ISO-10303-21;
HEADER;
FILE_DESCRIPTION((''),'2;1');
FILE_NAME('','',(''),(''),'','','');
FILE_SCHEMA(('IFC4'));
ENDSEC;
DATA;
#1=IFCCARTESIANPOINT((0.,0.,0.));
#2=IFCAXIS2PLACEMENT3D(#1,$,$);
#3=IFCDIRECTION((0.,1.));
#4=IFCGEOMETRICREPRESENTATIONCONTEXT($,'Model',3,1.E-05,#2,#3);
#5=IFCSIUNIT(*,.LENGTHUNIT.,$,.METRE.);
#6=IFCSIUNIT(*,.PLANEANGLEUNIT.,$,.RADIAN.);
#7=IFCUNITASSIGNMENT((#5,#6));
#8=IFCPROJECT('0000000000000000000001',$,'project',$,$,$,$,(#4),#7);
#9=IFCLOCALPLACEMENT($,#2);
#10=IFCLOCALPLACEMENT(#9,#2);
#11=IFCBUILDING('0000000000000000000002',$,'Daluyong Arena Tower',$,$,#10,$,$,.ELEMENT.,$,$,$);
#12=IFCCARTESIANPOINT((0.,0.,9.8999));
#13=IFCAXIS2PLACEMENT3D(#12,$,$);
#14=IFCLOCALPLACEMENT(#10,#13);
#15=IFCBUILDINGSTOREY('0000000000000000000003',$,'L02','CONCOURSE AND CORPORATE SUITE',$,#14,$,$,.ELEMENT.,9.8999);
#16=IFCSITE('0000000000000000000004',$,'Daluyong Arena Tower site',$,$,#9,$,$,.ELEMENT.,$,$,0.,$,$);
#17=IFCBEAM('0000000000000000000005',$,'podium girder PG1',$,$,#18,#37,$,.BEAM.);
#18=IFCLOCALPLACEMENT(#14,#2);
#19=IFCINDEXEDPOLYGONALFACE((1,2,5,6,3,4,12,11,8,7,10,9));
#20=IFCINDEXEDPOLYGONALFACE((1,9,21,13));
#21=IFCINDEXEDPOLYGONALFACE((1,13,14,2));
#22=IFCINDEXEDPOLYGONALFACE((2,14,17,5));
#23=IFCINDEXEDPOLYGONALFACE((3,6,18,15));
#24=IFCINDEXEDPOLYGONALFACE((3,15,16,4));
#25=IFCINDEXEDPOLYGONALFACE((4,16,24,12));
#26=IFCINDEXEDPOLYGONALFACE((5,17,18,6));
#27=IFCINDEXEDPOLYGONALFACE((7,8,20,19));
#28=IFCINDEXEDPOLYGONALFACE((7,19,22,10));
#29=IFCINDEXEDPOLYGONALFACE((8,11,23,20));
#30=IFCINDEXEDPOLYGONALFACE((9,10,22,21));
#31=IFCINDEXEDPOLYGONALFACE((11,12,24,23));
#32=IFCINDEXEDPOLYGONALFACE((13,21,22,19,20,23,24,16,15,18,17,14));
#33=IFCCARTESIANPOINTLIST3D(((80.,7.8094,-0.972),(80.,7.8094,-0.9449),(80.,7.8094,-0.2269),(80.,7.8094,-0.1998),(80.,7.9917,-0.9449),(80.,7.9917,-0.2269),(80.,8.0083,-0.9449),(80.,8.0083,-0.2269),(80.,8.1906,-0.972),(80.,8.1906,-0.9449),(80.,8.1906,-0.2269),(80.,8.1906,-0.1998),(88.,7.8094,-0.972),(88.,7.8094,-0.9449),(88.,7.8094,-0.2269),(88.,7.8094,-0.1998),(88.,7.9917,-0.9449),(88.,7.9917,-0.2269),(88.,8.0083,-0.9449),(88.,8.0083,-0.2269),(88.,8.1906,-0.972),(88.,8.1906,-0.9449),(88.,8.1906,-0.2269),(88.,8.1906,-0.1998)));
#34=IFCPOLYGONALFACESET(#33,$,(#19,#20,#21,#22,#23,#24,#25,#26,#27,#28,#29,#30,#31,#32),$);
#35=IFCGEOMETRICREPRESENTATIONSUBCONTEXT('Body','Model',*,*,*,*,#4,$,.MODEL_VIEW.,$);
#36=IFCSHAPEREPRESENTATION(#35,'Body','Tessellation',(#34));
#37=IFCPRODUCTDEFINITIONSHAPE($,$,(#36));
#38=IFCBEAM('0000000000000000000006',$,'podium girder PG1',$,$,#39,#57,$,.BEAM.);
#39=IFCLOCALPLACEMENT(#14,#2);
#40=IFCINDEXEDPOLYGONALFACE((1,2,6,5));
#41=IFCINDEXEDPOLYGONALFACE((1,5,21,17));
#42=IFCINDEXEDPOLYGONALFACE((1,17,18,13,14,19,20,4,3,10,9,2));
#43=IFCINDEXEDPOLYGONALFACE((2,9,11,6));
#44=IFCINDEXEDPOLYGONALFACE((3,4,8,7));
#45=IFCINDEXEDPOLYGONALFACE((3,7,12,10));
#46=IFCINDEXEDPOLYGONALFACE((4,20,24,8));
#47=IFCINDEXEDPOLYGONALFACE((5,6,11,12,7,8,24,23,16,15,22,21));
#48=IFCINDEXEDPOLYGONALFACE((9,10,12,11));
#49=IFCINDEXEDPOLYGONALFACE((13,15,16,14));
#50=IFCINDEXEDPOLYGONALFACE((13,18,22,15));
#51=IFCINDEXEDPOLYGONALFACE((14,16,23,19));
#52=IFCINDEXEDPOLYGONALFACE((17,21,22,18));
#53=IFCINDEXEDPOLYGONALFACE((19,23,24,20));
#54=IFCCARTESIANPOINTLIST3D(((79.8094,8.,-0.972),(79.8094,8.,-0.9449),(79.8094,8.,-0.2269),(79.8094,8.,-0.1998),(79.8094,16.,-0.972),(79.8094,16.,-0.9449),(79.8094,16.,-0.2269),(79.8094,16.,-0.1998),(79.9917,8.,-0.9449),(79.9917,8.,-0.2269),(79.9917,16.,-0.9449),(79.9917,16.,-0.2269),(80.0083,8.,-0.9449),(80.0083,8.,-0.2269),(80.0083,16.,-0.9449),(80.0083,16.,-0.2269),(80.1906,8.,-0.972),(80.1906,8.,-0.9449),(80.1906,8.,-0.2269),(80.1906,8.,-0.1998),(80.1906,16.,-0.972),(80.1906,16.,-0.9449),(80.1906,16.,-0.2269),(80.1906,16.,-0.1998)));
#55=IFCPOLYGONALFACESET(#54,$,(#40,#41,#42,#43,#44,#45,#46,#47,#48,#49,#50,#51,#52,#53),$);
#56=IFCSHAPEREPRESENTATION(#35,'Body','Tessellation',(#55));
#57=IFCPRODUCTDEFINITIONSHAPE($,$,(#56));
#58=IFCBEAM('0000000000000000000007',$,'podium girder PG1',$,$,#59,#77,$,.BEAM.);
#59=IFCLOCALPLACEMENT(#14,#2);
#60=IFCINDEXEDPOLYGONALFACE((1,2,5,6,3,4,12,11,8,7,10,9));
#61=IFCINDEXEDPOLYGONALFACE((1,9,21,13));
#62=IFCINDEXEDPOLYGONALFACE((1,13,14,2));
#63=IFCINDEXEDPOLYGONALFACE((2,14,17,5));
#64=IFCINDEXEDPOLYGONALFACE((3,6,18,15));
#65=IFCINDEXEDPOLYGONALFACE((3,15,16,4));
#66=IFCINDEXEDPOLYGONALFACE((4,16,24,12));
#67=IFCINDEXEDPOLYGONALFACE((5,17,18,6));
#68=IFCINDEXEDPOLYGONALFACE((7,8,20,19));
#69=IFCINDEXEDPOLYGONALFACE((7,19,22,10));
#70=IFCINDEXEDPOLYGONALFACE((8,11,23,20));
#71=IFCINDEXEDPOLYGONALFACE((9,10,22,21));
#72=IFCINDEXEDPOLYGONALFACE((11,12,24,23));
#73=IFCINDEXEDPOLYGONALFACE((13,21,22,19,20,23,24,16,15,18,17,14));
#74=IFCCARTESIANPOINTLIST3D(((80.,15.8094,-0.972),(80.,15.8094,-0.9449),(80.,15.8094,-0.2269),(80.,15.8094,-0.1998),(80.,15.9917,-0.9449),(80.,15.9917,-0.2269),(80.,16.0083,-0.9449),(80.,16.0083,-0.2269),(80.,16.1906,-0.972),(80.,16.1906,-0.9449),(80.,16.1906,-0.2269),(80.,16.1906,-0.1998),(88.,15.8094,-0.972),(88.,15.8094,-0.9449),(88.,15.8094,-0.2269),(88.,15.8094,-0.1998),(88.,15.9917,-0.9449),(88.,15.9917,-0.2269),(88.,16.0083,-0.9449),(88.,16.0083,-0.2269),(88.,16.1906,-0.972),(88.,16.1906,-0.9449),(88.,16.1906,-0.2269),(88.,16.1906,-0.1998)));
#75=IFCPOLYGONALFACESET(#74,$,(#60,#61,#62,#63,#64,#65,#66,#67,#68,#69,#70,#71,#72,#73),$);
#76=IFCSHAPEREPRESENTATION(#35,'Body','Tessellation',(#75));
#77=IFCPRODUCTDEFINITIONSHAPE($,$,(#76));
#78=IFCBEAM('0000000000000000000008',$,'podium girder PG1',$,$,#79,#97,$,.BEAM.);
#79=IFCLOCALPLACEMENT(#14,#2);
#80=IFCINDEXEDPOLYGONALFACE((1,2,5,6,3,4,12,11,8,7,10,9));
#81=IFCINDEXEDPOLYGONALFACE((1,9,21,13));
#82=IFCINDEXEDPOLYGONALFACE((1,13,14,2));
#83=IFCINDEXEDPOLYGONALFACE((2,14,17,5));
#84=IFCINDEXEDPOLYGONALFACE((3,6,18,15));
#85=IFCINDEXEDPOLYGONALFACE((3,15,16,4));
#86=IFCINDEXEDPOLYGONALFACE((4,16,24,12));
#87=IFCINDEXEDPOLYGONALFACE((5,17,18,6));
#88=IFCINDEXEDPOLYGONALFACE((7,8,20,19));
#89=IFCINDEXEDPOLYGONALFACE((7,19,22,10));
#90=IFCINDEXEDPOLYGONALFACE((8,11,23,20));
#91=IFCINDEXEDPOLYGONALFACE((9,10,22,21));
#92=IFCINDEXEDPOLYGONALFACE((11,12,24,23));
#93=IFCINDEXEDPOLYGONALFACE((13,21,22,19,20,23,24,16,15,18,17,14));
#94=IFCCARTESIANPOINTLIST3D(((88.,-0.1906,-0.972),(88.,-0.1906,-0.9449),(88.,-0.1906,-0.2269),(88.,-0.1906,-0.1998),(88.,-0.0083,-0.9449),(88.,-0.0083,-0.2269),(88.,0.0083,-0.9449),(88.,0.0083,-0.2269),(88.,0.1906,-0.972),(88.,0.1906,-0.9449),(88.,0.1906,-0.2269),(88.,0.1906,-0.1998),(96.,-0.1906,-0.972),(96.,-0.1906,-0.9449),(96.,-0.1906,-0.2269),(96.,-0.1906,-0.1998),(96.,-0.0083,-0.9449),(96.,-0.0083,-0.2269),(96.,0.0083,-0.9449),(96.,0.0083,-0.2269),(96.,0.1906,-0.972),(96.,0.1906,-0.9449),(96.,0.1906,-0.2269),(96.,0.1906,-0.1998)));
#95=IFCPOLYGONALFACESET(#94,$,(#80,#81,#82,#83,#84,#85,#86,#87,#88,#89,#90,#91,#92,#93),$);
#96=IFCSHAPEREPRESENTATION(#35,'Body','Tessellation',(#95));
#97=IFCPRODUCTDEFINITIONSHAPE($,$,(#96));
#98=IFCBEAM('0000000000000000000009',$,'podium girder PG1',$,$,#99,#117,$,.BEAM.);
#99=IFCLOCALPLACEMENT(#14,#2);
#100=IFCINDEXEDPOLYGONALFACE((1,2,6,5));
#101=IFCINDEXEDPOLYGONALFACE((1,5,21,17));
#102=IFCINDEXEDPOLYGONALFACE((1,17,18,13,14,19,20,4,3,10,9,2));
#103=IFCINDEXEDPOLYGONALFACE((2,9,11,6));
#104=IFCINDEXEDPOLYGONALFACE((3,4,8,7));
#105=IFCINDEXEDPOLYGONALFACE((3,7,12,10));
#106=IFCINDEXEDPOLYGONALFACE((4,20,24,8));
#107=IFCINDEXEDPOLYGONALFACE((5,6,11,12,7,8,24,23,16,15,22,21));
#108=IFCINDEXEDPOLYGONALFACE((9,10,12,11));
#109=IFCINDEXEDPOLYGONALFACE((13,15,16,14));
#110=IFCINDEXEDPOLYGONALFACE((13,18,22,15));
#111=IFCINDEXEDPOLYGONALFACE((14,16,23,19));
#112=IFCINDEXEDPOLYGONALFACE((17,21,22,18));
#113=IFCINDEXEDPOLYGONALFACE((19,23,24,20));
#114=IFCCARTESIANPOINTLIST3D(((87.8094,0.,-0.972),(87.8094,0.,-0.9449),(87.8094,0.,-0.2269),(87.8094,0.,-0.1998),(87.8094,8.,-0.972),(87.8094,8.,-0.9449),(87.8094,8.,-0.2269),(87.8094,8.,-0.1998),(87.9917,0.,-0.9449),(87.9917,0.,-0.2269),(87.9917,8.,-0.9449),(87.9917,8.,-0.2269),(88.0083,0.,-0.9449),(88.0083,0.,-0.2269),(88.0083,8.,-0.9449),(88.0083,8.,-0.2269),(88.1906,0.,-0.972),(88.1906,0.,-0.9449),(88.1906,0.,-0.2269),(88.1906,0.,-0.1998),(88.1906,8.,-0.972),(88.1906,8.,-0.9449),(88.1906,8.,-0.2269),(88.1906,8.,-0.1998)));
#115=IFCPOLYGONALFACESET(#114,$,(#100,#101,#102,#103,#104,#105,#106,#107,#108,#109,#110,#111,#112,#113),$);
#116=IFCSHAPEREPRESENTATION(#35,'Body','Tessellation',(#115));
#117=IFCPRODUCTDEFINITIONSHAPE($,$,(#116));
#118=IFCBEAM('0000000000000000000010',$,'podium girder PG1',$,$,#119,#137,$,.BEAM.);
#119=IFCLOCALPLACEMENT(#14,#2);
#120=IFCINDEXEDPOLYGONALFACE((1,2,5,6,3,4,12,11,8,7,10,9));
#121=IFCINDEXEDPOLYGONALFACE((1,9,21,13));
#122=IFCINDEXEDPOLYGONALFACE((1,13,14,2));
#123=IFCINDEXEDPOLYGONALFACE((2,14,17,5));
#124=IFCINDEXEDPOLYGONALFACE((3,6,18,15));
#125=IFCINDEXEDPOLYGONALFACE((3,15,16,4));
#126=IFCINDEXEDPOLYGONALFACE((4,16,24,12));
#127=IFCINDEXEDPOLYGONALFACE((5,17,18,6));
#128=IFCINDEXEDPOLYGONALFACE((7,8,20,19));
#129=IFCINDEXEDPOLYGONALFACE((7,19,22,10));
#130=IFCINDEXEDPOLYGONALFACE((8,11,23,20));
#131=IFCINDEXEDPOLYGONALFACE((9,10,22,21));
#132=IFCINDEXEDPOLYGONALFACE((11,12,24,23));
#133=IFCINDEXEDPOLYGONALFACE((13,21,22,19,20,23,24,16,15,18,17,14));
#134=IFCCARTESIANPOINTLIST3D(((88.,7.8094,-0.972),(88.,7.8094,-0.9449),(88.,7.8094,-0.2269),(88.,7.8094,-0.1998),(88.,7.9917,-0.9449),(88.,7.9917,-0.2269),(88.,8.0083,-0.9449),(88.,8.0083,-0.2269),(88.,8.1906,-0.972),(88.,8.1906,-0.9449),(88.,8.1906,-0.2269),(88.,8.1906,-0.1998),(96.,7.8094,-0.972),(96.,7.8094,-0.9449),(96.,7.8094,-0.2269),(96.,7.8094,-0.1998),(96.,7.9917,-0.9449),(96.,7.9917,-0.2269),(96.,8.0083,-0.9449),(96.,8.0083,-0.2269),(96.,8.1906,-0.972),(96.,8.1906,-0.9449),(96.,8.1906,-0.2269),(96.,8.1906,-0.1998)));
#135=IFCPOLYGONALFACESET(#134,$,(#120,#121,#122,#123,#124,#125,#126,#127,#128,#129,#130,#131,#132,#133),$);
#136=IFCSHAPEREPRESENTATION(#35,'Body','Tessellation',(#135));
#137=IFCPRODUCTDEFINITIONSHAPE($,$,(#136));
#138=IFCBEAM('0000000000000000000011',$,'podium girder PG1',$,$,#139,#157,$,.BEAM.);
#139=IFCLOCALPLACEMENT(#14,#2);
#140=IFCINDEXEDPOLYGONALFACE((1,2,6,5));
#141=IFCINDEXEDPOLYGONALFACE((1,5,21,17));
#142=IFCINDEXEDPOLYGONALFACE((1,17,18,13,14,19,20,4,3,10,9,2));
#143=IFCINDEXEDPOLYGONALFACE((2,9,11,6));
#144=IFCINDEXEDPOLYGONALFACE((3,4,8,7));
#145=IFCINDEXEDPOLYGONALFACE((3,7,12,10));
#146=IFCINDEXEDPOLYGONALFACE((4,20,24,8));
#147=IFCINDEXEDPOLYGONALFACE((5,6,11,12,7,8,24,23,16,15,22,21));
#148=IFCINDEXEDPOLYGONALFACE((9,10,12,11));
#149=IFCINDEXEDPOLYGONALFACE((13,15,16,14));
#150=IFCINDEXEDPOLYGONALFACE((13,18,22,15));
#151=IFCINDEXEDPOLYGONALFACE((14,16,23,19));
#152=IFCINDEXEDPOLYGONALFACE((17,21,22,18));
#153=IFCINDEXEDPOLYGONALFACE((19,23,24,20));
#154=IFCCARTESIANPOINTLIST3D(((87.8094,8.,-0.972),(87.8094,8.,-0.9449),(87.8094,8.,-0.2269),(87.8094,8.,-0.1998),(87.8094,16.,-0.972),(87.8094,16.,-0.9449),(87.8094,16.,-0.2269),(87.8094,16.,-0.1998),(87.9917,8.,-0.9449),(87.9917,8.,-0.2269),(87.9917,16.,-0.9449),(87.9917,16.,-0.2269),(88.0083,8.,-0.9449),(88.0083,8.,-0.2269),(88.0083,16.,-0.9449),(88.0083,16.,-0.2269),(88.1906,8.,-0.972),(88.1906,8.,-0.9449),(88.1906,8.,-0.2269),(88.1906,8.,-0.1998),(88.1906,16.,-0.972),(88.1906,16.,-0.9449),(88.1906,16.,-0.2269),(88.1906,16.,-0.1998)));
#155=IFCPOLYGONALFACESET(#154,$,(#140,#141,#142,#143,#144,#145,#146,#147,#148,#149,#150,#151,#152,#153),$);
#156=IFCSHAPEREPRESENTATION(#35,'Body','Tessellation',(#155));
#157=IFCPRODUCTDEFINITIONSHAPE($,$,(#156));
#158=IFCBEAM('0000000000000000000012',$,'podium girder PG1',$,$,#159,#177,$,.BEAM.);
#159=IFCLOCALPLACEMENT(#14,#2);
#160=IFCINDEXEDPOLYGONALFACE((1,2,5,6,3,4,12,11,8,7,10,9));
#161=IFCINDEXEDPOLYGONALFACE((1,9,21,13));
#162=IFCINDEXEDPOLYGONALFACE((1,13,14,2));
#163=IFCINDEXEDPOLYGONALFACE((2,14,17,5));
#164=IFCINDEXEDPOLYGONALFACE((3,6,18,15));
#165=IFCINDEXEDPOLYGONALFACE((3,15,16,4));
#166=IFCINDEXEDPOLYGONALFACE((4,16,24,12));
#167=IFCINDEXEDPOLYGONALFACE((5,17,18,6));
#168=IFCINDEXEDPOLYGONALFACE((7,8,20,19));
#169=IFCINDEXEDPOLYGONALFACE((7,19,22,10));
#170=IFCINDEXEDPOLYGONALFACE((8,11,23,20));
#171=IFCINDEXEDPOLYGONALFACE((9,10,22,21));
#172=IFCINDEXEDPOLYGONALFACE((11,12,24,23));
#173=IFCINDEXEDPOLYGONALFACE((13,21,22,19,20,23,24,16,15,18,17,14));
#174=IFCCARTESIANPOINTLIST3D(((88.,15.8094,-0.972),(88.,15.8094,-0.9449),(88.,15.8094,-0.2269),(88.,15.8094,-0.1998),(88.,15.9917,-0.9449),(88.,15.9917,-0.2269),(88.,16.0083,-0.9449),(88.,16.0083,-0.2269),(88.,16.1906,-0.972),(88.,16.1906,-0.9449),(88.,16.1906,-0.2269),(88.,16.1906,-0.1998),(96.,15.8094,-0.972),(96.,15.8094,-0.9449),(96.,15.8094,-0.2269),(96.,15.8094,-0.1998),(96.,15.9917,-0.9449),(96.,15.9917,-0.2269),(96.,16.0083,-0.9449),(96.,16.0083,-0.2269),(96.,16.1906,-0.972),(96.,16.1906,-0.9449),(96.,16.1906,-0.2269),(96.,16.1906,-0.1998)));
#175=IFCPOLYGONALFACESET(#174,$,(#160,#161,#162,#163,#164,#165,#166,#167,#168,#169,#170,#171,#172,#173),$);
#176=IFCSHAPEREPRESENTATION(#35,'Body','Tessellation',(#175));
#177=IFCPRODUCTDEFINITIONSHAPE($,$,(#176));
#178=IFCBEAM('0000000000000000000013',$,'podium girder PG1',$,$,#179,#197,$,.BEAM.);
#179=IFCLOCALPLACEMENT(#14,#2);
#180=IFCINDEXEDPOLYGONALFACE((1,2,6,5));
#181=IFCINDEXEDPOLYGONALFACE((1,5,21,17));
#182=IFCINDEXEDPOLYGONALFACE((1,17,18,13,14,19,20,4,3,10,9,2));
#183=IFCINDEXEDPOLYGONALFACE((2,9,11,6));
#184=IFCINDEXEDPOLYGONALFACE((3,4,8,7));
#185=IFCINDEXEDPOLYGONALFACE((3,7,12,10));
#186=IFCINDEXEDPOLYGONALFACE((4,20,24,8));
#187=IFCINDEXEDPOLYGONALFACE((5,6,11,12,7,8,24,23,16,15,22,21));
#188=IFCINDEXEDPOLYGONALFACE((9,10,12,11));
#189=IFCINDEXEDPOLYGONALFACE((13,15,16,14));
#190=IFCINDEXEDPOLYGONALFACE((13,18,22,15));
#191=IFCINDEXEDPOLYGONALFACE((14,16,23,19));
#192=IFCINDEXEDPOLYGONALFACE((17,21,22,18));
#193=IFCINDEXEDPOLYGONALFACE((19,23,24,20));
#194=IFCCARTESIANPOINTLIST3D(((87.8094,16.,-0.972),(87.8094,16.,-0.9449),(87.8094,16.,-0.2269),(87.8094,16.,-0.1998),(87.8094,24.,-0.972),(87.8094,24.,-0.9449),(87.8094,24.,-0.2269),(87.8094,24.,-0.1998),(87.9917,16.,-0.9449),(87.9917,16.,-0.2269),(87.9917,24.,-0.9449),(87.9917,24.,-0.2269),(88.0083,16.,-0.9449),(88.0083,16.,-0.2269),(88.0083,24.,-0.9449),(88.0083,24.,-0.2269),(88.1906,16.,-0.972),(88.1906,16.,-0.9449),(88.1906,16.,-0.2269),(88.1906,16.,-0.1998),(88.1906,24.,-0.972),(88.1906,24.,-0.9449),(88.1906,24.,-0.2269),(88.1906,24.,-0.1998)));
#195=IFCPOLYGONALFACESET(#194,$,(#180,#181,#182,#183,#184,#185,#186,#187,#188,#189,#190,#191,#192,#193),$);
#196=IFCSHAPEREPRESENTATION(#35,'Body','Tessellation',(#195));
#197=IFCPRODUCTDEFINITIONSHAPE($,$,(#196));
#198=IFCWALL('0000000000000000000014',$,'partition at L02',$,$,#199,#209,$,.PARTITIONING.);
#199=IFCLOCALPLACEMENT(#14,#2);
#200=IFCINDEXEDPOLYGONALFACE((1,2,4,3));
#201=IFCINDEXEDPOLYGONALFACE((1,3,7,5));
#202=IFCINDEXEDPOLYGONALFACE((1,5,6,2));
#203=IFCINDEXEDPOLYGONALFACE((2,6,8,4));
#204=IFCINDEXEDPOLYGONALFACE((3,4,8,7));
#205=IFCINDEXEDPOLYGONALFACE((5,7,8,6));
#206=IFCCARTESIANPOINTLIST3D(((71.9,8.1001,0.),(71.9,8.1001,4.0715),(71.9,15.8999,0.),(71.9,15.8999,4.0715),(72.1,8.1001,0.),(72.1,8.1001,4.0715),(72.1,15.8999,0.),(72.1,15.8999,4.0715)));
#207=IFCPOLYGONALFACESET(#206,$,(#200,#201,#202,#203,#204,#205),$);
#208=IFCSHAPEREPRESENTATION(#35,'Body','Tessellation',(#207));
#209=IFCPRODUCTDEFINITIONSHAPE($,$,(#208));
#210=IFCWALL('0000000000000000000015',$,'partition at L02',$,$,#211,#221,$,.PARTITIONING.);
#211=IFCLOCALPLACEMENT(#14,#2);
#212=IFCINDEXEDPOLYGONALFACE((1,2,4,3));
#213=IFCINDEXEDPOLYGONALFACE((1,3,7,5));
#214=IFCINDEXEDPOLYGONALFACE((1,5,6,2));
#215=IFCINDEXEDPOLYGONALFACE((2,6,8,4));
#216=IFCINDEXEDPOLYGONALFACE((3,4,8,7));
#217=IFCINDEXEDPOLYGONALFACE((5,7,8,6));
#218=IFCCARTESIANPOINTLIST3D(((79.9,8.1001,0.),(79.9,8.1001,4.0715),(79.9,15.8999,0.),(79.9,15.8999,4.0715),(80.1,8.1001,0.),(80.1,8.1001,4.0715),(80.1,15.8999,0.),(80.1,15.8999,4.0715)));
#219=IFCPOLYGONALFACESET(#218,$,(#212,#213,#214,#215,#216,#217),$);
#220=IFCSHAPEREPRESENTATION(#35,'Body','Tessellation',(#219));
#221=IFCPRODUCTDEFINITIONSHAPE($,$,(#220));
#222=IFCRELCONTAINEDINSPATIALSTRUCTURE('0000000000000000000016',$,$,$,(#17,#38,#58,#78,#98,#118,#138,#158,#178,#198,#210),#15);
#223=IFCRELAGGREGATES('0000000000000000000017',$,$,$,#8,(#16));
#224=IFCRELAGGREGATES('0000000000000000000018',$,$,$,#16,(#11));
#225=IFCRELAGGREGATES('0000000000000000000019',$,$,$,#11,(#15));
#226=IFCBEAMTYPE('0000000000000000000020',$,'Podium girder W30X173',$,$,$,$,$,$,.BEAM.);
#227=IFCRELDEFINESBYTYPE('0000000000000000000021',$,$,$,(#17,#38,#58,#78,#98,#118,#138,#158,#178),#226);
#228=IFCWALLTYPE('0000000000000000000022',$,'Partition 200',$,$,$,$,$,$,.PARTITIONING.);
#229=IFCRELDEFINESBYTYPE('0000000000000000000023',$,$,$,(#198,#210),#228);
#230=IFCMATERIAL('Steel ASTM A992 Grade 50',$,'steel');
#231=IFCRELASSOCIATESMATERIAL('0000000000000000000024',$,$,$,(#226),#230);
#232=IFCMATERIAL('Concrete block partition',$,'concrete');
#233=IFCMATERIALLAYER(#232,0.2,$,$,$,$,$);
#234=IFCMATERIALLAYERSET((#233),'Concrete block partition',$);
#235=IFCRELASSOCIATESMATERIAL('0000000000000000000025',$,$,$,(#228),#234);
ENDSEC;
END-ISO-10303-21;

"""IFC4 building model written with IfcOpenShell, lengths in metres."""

from ifc_helpers import new_model, si_unit, direction, frame, frame_2d, origin, origin_2d, place, context, subcontext, project, spatial, rectangle, i_section, extrude, material, layer, layer_set, material_profile, profile_set, type_object, element, save


model = new_model("IFC4")

# Units and contexts
model_context = context("Model", 3, precision=1e-05, world=origin(), true_north=direction((0.0, 1.0)))
body_context = subcontext(model_context, "Body", "Model", "MODEL_VIEW")
ifc_project = project(units=[si_unit("LENGTHUNIT", "METRE"), si_unit("PLANEANGLEUNIT", "RADIAN")], contexts=[model_context])

# Site, building, storey
site_placement = place(None, origin())
site = spatial("IfcSite", under=ifc_project, at=site_placement, Name="Daluyong Arena Tower site", CompositionType="ELEMENT", RefElevation=0.0)
building_placement = place(site_placement, origin())
building = spatial("IfcBuilding", under=site, at=building_placement, Name="Daluyong Arena Tower", CompositionType="ELEMENT")
storey_placement = place(building_placement, frame((0.0, 0.0, 9.8999)))
storey = spatial("IfcBuildingStorey", under=building, at=storey_placement, Name="L02", Description="CONCOURSE AND CORPORATE SUITE", CompositionType="ELEMENT", Elevation=9.8999)

# Beams
ifc_material_1 = material(Name="Steel ASTM A992 Grade 50", Category="steel")
ifc_material_profile_1 = material_profile(ifc_material_1, i_section(OverallWidth=0.3811, OverallDepth=0.7722, WebThickness=0.0166, FlangeThickness=0.0271, at=origin_2d()))
ifc_profile_set_1 = profile_set([ifc_material_profile_1], Name="Steel ASTM A992 Grade 50")
beam_type_1 = type_object("IfcBeamType", Name="Podium girder W30X173", PredefinedType="BEAM", material=ifc_profile_set_1)
for number, where, z_axis, x_axis, name in (
    (1, (80.0, 8.0, -0.5859), (1.0, 0.0, 0.0), (0.0, 1.0, 0.0), "podium girder PG1"),
    (2, (80.0, 8.0, -0.5859), (0.0, 1.0, 0.0), (-1.0, 0.0, 0.0), "podium girder PG1"),
    (3, (80.0, 16.0, -0.5859), (1.0, 0.0, 0.0), (0.0, 1.0, 0.0), "podium girder PG1"),
    (4, (88.0, 0.0, -0.5859), (1.0, 0.0, 0.0), (0.0, 1.0, 0.0), "podium girder PG1"),
    (5, (88.0, 0.0, -0.5859), (0.0, 1.0, 0.0), (-1.0, 0.0, 0.0), "podium girder PG1"),
    (6, (88.0, 8.0, -0.5859), (1.0, 0.0, 0.0), (0.0, 1.0, 0.0), "podium girder PG1"),
    (7, (88.0, 8.0, -0.5859), (0.0, 1.0, 0.0), (-1.0, 0.0, 0.0), "podium girder PG1"),
    (8, (88.0, 16.0, -0.5859), (1.0, 0.0, 0.0), (0.0, 1.0, 0.0), "podium girder PG1"),
    (9, (88.0, 16.0, -0.5859), (0.0, 1.0, 0.0), (-1.0, 0.0, 0.0), "podium girder PG1"),
):
    element("IfcBeam", number, at=place(storey_placement, frame(where, z_axis=z_axis, x_axis=x_axis)), inside=storey, type_object=beam_type_1, Name=name, PredefinedType="BEAM", context=body_context, shape_type="SweptSolid", body=[
        extrude(i_section(OverallWidth=0.3811, OverallDepth=0.7722, WebThickness=0.0166, FlangeThickness=0.0271, at=origin_2d()), origin(), (0.0, 0.0, 1.0), 8.0),
    ])

# Walls
ifc_material_2 = material(Name="Concrete block partition", Category="concrete")
ifc_layer = layer(ifc_material_2, 0.2)
ifc_layer_set = layer_set([ifc_layer], Name="Concrete block partition")
wall_type = type_object("IfcWallType", Name="Partition 200", PredefinedType="PARTITIONING", material=ifc_layer_set)
for number, where, z_axis, x_axis, name in (
    (10, (72.0, 8.1001, 0.0), (0.0, 0.0, 1.0), (0.0, 1.0, 0.0), "partition at L02"),
    (11, (80.0, 8.1001, 0.0), (0.0, 0.0, 1.0), (0.0, 1.0, 0.0), "partition at L02"),
):
    element("IfcWall", number, at=place(storey_placement, frame(where, z_axis=z_axis, x_axis=x_axis)), inside=storey, type_object=wall_type, Name=name, PredefinedType="PARTITIONING", context=body_context, shape_type="SweptSolid", body=[
        extrude(rectangle(XDim=7.7998, YDim=0.2, at=frame_2d((3.8999, 0.0))), origin(), (0.0, 0.0, 1.0), 4.0715),
    ])

save(model, "model.ifc")
